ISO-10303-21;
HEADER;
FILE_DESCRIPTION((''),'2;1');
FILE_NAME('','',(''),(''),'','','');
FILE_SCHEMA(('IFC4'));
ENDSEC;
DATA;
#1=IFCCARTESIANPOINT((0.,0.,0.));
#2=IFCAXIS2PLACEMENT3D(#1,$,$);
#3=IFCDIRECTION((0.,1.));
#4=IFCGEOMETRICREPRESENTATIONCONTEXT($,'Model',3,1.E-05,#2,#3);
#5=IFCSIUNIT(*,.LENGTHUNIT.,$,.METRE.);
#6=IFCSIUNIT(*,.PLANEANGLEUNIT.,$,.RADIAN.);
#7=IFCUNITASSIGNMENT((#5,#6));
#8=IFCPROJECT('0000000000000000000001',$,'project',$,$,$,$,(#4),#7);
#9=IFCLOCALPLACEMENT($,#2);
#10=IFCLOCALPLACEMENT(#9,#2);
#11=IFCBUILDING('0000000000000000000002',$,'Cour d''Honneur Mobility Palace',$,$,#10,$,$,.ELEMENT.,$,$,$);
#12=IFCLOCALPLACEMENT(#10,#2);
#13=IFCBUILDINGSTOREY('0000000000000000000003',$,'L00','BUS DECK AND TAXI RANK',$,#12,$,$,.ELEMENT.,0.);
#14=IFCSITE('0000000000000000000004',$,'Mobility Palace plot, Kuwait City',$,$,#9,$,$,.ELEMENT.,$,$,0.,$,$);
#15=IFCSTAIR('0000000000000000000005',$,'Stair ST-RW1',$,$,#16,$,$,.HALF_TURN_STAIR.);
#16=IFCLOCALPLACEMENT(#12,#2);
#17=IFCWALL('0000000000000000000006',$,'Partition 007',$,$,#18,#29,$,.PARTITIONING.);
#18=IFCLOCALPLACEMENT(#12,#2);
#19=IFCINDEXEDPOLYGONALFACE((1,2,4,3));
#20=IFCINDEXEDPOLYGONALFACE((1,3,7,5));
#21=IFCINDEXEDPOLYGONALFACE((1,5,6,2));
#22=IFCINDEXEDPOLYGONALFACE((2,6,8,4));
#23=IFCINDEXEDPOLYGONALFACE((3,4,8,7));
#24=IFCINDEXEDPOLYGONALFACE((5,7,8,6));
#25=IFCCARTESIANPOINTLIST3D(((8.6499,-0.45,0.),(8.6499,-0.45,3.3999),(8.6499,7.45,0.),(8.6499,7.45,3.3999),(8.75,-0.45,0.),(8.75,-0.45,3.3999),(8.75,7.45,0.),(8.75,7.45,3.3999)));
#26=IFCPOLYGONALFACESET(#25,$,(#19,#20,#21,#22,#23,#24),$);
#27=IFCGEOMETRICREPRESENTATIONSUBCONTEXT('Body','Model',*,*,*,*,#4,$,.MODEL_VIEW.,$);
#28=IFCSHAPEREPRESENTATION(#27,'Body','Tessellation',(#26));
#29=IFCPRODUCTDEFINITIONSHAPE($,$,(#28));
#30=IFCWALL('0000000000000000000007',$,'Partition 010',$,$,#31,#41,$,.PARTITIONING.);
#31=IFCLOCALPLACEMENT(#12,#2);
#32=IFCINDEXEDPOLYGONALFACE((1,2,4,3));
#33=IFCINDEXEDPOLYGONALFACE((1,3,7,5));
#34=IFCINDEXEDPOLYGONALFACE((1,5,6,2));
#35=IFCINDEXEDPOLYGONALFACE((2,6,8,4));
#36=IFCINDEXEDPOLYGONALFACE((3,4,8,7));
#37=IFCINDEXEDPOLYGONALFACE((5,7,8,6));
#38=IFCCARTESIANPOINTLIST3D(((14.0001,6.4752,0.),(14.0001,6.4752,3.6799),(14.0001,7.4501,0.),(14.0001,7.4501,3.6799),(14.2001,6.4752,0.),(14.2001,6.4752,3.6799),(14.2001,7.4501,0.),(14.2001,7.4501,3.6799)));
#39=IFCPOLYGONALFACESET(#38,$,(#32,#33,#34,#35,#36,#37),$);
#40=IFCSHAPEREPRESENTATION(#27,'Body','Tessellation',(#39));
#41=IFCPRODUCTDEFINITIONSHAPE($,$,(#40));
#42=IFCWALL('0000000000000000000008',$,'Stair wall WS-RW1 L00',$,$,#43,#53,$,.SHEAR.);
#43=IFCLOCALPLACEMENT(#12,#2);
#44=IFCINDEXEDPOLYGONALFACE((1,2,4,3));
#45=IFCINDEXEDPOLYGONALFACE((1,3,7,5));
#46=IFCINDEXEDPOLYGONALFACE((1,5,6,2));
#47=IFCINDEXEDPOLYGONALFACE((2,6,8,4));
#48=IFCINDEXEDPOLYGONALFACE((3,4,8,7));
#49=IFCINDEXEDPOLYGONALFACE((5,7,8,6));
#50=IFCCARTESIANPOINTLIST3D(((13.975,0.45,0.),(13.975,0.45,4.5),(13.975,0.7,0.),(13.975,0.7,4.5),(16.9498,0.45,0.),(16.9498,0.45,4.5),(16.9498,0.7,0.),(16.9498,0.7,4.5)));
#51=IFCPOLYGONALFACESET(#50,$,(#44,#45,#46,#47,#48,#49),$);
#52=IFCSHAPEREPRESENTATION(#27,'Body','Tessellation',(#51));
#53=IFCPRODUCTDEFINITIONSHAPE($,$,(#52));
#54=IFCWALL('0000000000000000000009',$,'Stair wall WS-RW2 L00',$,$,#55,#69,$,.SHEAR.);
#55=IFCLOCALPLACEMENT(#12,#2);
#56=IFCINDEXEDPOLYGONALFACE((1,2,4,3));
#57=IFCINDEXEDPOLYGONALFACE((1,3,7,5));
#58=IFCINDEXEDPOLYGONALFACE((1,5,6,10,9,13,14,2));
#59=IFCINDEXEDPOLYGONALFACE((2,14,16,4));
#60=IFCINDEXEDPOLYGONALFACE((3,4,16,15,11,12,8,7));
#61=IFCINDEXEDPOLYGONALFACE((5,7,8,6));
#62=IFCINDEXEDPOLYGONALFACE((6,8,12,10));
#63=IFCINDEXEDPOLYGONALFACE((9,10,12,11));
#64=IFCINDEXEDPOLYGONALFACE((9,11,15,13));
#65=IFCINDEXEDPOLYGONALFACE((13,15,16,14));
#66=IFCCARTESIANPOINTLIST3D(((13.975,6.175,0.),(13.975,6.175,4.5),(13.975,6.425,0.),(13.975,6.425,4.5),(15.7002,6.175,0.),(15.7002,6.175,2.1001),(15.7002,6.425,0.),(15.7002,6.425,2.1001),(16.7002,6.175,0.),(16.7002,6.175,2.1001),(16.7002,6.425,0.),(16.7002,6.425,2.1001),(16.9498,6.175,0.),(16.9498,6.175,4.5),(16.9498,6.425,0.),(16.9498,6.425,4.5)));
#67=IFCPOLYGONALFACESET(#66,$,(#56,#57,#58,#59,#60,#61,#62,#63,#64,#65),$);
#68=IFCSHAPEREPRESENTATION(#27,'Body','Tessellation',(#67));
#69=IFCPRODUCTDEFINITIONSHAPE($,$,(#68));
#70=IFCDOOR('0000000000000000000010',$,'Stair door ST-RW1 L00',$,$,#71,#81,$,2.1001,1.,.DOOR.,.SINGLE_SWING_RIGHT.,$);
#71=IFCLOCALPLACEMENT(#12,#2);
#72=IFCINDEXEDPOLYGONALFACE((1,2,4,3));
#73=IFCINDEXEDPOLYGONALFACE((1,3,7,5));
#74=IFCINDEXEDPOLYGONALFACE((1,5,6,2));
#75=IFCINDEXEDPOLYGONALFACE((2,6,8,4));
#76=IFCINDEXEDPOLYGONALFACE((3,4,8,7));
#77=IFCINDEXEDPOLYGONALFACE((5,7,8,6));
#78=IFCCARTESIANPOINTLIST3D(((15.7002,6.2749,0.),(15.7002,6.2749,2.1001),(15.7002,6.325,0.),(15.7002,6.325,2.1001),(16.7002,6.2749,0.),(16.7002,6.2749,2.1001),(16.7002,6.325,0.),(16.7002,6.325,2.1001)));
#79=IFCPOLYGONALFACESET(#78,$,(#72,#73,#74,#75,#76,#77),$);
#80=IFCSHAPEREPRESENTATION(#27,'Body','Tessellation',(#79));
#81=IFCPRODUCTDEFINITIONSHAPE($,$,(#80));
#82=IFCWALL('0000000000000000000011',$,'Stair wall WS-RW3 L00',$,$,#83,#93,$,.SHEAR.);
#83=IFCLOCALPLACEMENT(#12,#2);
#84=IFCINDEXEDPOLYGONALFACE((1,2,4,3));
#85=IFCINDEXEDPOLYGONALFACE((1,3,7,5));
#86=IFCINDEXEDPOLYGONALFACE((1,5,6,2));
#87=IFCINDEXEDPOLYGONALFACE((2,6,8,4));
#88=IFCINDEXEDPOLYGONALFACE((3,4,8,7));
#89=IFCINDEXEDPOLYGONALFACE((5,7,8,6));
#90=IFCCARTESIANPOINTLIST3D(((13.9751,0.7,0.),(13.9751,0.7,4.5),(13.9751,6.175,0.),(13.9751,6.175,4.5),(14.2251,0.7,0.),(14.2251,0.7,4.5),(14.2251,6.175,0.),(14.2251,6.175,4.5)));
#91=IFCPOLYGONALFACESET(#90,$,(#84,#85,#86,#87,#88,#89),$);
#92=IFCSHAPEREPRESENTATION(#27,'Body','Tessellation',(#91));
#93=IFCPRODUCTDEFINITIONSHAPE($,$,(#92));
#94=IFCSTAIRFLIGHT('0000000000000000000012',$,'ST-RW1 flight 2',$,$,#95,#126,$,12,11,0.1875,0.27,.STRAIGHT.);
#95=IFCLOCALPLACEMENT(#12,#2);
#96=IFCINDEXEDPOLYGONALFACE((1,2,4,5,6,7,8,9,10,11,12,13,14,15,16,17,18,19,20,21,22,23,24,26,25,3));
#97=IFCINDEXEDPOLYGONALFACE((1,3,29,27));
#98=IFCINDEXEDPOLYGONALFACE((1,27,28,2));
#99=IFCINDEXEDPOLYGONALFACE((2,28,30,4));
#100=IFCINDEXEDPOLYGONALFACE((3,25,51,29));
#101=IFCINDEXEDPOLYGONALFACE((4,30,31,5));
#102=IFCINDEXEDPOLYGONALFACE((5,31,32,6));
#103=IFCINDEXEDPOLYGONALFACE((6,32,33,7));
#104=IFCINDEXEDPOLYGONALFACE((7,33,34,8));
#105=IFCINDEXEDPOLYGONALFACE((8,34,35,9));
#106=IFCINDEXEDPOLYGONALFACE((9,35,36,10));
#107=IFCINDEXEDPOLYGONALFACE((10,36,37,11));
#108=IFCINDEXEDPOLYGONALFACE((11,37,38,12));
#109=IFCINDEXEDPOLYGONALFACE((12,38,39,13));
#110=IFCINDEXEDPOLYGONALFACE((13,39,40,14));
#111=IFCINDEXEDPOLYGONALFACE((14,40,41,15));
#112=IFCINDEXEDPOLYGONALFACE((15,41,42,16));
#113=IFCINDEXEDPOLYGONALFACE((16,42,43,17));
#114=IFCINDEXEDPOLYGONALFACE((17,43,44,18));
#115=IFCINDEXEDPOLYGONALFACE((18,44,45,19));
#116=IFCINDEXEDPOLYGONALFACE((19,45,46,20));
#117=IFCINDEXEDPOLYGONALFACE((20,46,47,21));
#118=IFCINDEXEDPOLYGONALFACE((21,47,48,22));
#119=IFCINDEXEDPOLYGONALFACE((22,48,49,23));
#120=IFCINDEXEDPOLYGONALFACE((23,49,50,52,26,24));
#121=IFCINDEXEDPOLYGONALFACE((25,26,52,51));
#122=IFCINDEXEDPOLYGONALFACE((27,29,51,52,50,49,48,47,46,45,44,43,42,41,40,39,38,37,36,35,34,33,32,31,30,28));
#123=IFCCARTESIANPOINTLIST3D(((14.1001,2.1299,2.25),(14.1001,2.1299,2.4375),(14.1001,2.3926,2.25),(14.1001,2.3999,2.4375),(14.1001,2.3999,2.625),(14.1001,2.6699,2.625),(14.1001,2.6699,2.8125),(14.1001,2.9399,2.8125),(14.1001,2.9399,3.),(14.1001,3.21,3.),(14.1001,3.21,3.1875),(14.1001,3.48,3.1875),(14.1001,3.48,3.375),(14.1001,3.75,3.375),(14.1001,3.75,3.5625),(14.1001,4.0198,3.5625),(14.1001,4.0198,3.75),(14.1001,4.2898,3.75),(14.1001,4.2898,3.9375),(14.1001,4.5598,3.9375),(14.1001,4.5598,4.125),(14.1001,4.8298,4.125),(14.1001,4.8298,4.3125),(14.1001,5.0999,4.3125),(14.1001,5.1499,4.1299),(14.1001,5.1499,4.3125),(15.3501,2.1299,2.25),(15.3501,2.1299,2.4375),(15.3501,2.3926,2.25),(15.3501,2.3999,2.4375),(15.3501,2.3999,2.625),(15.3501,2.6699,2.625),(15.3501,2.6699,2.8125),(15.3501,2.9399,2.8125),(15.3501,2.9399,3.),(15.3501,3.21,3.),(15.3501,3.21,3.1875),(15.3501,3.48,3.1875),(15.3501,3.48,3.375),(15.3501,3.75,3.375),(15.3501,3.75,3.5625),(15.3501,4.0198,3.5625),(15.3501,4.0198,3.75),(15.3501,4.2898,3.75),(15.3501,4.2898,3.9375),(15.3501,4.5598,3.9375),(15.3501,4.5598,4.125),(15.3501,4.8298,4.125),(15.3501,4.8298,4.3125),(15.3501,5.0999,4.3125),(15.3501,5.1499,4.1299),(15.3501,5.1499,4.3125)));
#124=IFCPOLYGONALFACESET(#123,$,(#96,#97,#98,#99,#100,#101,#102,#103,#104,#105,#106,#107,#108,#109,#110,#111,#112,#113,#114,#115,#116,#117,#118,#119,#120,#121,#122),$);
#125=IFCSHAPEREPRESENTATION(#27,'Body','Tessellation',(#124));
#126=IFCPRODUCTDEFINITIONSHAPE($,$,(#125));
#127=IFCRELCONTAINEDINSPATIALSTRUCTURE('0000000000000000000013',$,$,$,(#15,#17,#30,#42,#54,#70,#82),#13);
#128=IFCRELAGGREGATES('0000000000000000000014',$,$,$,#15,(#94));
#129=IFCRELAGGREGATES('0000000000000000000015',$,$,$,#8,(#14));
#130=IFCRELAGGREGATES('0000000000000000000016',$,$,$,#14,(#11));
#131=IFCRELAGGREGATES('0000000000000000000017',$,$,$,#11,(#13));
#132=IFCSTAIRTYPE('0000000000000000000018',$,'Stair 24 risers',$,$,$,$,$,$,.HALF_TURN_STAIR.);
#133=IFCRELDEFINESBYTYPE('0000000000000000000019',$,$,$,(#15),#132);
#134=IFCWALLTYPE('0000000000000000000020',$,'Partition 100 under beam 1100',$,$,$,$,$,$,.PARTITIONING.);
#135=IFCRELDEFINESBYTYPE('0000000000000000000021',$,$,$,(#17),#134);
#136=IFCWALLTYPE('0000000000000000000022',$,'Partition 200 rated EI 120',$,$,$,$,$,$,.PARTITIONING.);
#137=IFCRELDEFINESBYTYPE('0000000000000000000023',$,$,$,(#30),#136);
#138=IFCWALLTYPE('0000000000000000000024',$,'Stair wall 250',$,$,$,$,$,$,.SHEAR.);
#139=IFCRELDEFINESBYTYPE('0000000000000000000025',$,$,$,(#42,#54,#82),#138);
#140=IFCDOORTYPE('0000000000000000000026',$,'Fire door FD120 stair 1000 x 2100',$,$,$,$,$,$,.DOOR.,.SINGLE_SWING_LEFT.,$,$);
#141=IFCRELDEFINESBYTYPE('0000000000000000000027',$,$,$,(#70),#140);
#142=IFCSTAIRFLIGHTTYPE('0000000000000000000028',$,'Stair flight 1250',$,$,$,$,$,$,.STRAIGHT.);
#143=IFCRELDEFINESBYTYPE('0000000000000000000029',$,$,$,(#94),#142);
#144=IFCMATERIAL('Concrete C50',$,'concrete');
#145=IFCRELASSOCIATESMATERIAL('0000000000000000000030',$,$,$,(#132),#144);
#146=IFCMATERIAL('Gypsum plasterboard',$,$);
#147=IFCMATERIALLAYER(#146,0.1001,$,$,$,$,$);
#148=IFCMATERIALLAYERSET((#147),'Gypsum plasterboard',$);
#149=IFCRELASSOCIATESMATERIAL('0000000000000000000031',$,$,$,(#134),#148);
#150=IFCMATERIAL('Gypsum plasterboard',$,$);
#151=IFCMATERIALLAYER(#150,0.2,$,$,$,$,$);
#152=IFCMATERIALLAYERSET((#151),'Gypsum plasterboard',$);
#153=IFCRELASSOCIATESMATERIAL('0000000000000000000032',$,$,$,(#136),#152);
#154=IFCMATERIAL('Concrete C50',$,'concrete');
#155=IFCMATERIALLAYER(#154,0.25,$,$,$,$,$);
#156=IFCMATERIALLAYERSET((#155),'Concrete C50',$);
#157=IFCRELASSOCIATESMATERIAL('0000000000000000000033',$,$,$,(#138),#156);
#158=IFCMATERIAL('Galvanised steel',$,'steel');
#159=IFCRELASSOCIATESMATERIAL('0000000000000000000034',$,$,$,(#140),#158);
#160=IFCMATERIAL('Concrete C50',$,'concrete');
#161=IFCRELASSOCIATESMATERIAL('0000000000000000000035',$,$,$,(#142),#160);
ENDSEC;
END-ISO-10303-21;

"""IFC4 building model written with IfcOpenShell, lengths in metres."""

from ifc_helpers import new_model, si_unit, direction, frame, frame_2d, origin, place, context, subcontext, project, spatial, polyline, rectangle, outline, extrude, material, layer, layer_set, type_object, element, fill, aggregate, save


model = new_model("IFC4")

# Units and contexts
model_context = context("Model", 3, precision=1e-05, world=origin(), true_north=direction((0.0, 1.0)))
body_context = subcontext(model_context, "Body", "Model", "MODEL_VIEW")
ifc_project = project(units=[si_unit("LENGTHUNIT", "METRE"), si_unit("PLANEANGLEUNIT", "RADIAN")], contexts=[model_context])

# Site, building, storey
site_placement = place(None, origin())
site = spatial("IfcSite", under=ifc_project, at=site_placement, Name="Mobility Palace plot, Kuwait City", CompositionType="ELEMENT", RefElevation=0.0)
building_placement = place(site_placement, origin())
building = spatial("IfcBuilding", under=site, at=building_placement, Name="Cour d'Honneur Mobility Palace", CompositionType="ELEMENT")
storey_placement = place(building_placement, origin())
storey = spatial("IfcBuildingStorey", under=building, at=storey_placement, Name="L00", Description="BUS DECK AND TAXI RANK", CompositionType="ELEMENT", Elevation=0.0)

# Stair
ifc_material_1 = material(Name="Concrete C50", Category="concrete")
stair_type = type_object("IfcStairType", Name="Stair 24 risers", PredefinedType="HALF_TURN_STAIR", material=ifc_material_1)
stair_1_placement = place(storey_placement, origin())
stair_1 = element("IfcStair", 1, at=stair_1_placement, inside=storey, type_object=stair_type, Name="Stair ST-RW1", PredefinedType="HALF_TURN_STAIR")

# Walls
ifc_material_2 = material(Name="Gypsum plasterboard")
ifc_layer_1 = layer(ifc_material_2, 0.1001)
ifc_layer_set_1 = layer_set([ifc_layer_1], Name="Gypsum plasterboard")
wall_type_1 = type_object("IfcWallType", Name="Partition 100 under beam 1100", PredefinedType="PARTITIONING", material=ifc_layer_set_1)
wall_1_placement = place(storey_placement, frame((8.7, 7.45, 0.0), z_axis=(0.0, 0.0, 1.0), x_axis=(0.0, -1.0, 0.0)))
element("IfcWall", 2, at=wall_1_placement, inside=storey, type_object=wall_type_1, Name="Partition 007", PredefinedType="PARTITIONING", context=body_context, shape_type="SweptSolid", body=[
    extrude(rectangle(XDim=7.8999, YDim=0.1001, at=frame_2d((3.95, 0.0))), origin(), (0.0, 0.0, 1.0), 3.3999),
])
ifc_material_3 = material(Name="Gypsum plasterboard")
ifc_layer_2 = layer(ifc_material_3, 0.2)
ifc_layer_set_2 = layer_set([ifc_layer_2], Name="Gypsum plasterboard")
wall_type_2 = type_object("IfcWallType", Name="Partition 200 rated EI 120", PredefinedType="PARTITIONING", material=ifc_layer_set_2)
wall_2_placement = place(storey_placement, frame((14.1001, 7.45, 0.0), z_axis=(0.0, 0.0, 1.0), x_axis=(0.0, -1.0, 0.0)))
element("IfcWall", 3, at=wall_2_placement, inside=storey, type_object=wall_type_2, Name="Partition 010", PredefinedType="PARTITIONING", context=body_context, shape_type="SweptSolid", body=[
    extrude(rectangle(XDim=0.9749, YDim=0.2, at=frame_2d((0.4873, 0.0))), origin(), (0.0, 0.0, 1.0), 3.6799),
])
ifc_material_4 = material(Name="Concrete C50", Category="concrete")
ifc_layer_3 = layer(ifc_material_4, 0.25)
ifc_layer_set_3 = layer_set([ifc_layer_3], Name="Concrete C50")
wall_type_3 = type_object("IfcWallType", Name="Stair wall 250", PredefinedType="SHEAR", material=ifc_layer_set_3)
wall_3_placement = place(storey_placement, frame((13.9751, 0.575, 0.0), z_axis=(0.0, 0.0, 1.0), x_axis=(1.0, 0.0, 0.0)))
element("IfcWall", 4, at=wall_3_placement, inside=storey, type_object=wall_type_3, Name="Stair wall WS-RW1 L00", PredefinedType="SHEAR", context=body_context, shape_type="SweptSolid", body=[
    extrude(rectangle(XDim=2.9749, YDim=0.25, at=frame_2d((1.4873, 0.0))), origin(), (0.0, 0.0, 1.0), 4.5),
])

# Wall, opening, door
wall_4_placement = place(storey_placement, frame((13.9751, 6.3, 0.0), z_axis=(0.0, 0.0, 1.0), x_axis=(1.0, 0.0, 0.0)))
wall_4 = element("IfcWall", 5, at=wall_4_placement, inside=storey, type_object=wall_type_3, Name="Stair wall WS-RW2 L00", PredefinedType="SHEAR", context=body_context, shape_type="SweptSolid", body=[
    extrude(rectangle(XDim=2.9749, YDim=0.25, at=frame_2d((1.4873, 0.0))), origin(), (0.0, 0.0, 1.0), 4.5),
])
opening_placement = place(wall_4_placement, frame((1.7251, 0.0, 0.0)))
opening = element("IfcOpeningElement", 6, at=opening_placement, cuts=wall_4, PredefinedType="OPENING", context=body_context, shape_type="SweptSolid", body=[
    extrude(rectangle(XDim=1.0, YDim=2.1001, at=frame_2d((0.5, 1.05))), frame((0.0, 0.135, 0.0), z_axis=(0.0, -1.0, 0.0), x_axis=(1.0, 0.0, 0.0)), (0.0, 0.0, 1.0), 0.27),
])
ifc_material_5 = material(Name="Galvanised steel", Category="steel")
door_type = type_object("IfcDoorType", Name="Fire door FD120 stair 1000 x 2100", OperationType="SINGLE_SWING_LEFT", PredefinedType="DOOR", material=ifc_material_5)
door_placement = place(opening_placement, origin())
door = element("IfcDoor", 7, at=door_placement, inside=storey, type_object=door_type, Name="Stair door ST-RW1 L00", OperationType="SINGLE_SWING_RIGHT", OverallHeight=2.1001, OverallWidth=1.0, PredefinedType="DOOR", context=body_context, shape_type="SweptSolid", body=[
    extrude(rectangle(XDim=1.0, YDim=2.1001, at=frame_2d((0.5, 1.05))), frame((0.0, 0.0249, 0.0), z_axis=(0.0, -1.0, 0.0), x_axis=(1.0, 0.0, 0.0)), (0.0, 0.0, 1.0), 0.05),
])
fill(opening, door)

# Wall
wall_5_placement = place(storey_placement, frame((14.1001, 0.7, 0.0), z_axis=(0.0, 0.0, 1.0), x_axis=(0.0, 1.0, 0.0)))
element("IfcWall", 8, at=wall_5_placement, inside=storey, type_object=wall_type_3, Name="Stair wall WS-RW3 L00", PredefinedType="SHEAR", context=body_context, shape_type="SweptSolid", body=[
    extrude(rectangle(XDim=5.4751, YDim=0.25, at=frame_2d((2.7375, 0.0))), origin(), (0.0, 0.0, 1.0), 4.5),
])

# Stair flight
ifc_material_6 = material(Name="Concrete C50", Category="concrete")
stair_flight_type = type_object("IfcStairFlightType", Name="Stair flight 1250", PredefinedType="STRAIGHT", material=ifc_material_6)
stair_flight_placement = place(storey_placement, frame((14.7251, 2.1299, 2.25), z_axis=(0.0, 0.0, 1.0), x_axis=(0.0, 1.0, 0.0)))
stair_flight = element("IfcStairFlight", 9, at=stair_flight_placement, type_object=stair_flight_type, Name="ST-RW1 flight 2", NumberOfRisers=12, NumberOfTreads=11, PredefinedType="STRAIGHT", RiserHeight=0.1875, TreadLength=0.27, context=body_context, shape_type="SweptSolid", body=[
    extrude(outline(polyline([(0.0, 0.0), (0.0, 0.1875), (0.27, 0.1875), (0.27, 0.375), (0.54, 0.375), (0.54, 0.5625), (0.8101, 0.5625), (0.8101, 0.75), (1.0801, 0.75), (1.0801, 0.9375), (1.3501, 0.9375), (1.3501, 1.125), (1.6201, 1.125), (1.6201, 1.3125), (1.8899, 1.3125), (1.8899, 1.5), (2.1599, 1.5), (2.1599, 1.6875), (2.4299, 1.6875), (2.4299, 1.875), (2.7, 1.875), (2.7, 2.0625), (2.97, 2.0625), (3.02, 2.0625), (3.02, 1.8799), (0.2627, 0.0), (0.0, 0.0)])), frame((0.0, 0.625, 0.0), z_axis=(0.0, -1.0, 0.0), x_axis=(1.0, 0.0, 0.0)), (0.0, 0.0, 1.0), 1.25),
])
aggregate(stair_1, [stair_flight])

save(model, "model.ifc")
